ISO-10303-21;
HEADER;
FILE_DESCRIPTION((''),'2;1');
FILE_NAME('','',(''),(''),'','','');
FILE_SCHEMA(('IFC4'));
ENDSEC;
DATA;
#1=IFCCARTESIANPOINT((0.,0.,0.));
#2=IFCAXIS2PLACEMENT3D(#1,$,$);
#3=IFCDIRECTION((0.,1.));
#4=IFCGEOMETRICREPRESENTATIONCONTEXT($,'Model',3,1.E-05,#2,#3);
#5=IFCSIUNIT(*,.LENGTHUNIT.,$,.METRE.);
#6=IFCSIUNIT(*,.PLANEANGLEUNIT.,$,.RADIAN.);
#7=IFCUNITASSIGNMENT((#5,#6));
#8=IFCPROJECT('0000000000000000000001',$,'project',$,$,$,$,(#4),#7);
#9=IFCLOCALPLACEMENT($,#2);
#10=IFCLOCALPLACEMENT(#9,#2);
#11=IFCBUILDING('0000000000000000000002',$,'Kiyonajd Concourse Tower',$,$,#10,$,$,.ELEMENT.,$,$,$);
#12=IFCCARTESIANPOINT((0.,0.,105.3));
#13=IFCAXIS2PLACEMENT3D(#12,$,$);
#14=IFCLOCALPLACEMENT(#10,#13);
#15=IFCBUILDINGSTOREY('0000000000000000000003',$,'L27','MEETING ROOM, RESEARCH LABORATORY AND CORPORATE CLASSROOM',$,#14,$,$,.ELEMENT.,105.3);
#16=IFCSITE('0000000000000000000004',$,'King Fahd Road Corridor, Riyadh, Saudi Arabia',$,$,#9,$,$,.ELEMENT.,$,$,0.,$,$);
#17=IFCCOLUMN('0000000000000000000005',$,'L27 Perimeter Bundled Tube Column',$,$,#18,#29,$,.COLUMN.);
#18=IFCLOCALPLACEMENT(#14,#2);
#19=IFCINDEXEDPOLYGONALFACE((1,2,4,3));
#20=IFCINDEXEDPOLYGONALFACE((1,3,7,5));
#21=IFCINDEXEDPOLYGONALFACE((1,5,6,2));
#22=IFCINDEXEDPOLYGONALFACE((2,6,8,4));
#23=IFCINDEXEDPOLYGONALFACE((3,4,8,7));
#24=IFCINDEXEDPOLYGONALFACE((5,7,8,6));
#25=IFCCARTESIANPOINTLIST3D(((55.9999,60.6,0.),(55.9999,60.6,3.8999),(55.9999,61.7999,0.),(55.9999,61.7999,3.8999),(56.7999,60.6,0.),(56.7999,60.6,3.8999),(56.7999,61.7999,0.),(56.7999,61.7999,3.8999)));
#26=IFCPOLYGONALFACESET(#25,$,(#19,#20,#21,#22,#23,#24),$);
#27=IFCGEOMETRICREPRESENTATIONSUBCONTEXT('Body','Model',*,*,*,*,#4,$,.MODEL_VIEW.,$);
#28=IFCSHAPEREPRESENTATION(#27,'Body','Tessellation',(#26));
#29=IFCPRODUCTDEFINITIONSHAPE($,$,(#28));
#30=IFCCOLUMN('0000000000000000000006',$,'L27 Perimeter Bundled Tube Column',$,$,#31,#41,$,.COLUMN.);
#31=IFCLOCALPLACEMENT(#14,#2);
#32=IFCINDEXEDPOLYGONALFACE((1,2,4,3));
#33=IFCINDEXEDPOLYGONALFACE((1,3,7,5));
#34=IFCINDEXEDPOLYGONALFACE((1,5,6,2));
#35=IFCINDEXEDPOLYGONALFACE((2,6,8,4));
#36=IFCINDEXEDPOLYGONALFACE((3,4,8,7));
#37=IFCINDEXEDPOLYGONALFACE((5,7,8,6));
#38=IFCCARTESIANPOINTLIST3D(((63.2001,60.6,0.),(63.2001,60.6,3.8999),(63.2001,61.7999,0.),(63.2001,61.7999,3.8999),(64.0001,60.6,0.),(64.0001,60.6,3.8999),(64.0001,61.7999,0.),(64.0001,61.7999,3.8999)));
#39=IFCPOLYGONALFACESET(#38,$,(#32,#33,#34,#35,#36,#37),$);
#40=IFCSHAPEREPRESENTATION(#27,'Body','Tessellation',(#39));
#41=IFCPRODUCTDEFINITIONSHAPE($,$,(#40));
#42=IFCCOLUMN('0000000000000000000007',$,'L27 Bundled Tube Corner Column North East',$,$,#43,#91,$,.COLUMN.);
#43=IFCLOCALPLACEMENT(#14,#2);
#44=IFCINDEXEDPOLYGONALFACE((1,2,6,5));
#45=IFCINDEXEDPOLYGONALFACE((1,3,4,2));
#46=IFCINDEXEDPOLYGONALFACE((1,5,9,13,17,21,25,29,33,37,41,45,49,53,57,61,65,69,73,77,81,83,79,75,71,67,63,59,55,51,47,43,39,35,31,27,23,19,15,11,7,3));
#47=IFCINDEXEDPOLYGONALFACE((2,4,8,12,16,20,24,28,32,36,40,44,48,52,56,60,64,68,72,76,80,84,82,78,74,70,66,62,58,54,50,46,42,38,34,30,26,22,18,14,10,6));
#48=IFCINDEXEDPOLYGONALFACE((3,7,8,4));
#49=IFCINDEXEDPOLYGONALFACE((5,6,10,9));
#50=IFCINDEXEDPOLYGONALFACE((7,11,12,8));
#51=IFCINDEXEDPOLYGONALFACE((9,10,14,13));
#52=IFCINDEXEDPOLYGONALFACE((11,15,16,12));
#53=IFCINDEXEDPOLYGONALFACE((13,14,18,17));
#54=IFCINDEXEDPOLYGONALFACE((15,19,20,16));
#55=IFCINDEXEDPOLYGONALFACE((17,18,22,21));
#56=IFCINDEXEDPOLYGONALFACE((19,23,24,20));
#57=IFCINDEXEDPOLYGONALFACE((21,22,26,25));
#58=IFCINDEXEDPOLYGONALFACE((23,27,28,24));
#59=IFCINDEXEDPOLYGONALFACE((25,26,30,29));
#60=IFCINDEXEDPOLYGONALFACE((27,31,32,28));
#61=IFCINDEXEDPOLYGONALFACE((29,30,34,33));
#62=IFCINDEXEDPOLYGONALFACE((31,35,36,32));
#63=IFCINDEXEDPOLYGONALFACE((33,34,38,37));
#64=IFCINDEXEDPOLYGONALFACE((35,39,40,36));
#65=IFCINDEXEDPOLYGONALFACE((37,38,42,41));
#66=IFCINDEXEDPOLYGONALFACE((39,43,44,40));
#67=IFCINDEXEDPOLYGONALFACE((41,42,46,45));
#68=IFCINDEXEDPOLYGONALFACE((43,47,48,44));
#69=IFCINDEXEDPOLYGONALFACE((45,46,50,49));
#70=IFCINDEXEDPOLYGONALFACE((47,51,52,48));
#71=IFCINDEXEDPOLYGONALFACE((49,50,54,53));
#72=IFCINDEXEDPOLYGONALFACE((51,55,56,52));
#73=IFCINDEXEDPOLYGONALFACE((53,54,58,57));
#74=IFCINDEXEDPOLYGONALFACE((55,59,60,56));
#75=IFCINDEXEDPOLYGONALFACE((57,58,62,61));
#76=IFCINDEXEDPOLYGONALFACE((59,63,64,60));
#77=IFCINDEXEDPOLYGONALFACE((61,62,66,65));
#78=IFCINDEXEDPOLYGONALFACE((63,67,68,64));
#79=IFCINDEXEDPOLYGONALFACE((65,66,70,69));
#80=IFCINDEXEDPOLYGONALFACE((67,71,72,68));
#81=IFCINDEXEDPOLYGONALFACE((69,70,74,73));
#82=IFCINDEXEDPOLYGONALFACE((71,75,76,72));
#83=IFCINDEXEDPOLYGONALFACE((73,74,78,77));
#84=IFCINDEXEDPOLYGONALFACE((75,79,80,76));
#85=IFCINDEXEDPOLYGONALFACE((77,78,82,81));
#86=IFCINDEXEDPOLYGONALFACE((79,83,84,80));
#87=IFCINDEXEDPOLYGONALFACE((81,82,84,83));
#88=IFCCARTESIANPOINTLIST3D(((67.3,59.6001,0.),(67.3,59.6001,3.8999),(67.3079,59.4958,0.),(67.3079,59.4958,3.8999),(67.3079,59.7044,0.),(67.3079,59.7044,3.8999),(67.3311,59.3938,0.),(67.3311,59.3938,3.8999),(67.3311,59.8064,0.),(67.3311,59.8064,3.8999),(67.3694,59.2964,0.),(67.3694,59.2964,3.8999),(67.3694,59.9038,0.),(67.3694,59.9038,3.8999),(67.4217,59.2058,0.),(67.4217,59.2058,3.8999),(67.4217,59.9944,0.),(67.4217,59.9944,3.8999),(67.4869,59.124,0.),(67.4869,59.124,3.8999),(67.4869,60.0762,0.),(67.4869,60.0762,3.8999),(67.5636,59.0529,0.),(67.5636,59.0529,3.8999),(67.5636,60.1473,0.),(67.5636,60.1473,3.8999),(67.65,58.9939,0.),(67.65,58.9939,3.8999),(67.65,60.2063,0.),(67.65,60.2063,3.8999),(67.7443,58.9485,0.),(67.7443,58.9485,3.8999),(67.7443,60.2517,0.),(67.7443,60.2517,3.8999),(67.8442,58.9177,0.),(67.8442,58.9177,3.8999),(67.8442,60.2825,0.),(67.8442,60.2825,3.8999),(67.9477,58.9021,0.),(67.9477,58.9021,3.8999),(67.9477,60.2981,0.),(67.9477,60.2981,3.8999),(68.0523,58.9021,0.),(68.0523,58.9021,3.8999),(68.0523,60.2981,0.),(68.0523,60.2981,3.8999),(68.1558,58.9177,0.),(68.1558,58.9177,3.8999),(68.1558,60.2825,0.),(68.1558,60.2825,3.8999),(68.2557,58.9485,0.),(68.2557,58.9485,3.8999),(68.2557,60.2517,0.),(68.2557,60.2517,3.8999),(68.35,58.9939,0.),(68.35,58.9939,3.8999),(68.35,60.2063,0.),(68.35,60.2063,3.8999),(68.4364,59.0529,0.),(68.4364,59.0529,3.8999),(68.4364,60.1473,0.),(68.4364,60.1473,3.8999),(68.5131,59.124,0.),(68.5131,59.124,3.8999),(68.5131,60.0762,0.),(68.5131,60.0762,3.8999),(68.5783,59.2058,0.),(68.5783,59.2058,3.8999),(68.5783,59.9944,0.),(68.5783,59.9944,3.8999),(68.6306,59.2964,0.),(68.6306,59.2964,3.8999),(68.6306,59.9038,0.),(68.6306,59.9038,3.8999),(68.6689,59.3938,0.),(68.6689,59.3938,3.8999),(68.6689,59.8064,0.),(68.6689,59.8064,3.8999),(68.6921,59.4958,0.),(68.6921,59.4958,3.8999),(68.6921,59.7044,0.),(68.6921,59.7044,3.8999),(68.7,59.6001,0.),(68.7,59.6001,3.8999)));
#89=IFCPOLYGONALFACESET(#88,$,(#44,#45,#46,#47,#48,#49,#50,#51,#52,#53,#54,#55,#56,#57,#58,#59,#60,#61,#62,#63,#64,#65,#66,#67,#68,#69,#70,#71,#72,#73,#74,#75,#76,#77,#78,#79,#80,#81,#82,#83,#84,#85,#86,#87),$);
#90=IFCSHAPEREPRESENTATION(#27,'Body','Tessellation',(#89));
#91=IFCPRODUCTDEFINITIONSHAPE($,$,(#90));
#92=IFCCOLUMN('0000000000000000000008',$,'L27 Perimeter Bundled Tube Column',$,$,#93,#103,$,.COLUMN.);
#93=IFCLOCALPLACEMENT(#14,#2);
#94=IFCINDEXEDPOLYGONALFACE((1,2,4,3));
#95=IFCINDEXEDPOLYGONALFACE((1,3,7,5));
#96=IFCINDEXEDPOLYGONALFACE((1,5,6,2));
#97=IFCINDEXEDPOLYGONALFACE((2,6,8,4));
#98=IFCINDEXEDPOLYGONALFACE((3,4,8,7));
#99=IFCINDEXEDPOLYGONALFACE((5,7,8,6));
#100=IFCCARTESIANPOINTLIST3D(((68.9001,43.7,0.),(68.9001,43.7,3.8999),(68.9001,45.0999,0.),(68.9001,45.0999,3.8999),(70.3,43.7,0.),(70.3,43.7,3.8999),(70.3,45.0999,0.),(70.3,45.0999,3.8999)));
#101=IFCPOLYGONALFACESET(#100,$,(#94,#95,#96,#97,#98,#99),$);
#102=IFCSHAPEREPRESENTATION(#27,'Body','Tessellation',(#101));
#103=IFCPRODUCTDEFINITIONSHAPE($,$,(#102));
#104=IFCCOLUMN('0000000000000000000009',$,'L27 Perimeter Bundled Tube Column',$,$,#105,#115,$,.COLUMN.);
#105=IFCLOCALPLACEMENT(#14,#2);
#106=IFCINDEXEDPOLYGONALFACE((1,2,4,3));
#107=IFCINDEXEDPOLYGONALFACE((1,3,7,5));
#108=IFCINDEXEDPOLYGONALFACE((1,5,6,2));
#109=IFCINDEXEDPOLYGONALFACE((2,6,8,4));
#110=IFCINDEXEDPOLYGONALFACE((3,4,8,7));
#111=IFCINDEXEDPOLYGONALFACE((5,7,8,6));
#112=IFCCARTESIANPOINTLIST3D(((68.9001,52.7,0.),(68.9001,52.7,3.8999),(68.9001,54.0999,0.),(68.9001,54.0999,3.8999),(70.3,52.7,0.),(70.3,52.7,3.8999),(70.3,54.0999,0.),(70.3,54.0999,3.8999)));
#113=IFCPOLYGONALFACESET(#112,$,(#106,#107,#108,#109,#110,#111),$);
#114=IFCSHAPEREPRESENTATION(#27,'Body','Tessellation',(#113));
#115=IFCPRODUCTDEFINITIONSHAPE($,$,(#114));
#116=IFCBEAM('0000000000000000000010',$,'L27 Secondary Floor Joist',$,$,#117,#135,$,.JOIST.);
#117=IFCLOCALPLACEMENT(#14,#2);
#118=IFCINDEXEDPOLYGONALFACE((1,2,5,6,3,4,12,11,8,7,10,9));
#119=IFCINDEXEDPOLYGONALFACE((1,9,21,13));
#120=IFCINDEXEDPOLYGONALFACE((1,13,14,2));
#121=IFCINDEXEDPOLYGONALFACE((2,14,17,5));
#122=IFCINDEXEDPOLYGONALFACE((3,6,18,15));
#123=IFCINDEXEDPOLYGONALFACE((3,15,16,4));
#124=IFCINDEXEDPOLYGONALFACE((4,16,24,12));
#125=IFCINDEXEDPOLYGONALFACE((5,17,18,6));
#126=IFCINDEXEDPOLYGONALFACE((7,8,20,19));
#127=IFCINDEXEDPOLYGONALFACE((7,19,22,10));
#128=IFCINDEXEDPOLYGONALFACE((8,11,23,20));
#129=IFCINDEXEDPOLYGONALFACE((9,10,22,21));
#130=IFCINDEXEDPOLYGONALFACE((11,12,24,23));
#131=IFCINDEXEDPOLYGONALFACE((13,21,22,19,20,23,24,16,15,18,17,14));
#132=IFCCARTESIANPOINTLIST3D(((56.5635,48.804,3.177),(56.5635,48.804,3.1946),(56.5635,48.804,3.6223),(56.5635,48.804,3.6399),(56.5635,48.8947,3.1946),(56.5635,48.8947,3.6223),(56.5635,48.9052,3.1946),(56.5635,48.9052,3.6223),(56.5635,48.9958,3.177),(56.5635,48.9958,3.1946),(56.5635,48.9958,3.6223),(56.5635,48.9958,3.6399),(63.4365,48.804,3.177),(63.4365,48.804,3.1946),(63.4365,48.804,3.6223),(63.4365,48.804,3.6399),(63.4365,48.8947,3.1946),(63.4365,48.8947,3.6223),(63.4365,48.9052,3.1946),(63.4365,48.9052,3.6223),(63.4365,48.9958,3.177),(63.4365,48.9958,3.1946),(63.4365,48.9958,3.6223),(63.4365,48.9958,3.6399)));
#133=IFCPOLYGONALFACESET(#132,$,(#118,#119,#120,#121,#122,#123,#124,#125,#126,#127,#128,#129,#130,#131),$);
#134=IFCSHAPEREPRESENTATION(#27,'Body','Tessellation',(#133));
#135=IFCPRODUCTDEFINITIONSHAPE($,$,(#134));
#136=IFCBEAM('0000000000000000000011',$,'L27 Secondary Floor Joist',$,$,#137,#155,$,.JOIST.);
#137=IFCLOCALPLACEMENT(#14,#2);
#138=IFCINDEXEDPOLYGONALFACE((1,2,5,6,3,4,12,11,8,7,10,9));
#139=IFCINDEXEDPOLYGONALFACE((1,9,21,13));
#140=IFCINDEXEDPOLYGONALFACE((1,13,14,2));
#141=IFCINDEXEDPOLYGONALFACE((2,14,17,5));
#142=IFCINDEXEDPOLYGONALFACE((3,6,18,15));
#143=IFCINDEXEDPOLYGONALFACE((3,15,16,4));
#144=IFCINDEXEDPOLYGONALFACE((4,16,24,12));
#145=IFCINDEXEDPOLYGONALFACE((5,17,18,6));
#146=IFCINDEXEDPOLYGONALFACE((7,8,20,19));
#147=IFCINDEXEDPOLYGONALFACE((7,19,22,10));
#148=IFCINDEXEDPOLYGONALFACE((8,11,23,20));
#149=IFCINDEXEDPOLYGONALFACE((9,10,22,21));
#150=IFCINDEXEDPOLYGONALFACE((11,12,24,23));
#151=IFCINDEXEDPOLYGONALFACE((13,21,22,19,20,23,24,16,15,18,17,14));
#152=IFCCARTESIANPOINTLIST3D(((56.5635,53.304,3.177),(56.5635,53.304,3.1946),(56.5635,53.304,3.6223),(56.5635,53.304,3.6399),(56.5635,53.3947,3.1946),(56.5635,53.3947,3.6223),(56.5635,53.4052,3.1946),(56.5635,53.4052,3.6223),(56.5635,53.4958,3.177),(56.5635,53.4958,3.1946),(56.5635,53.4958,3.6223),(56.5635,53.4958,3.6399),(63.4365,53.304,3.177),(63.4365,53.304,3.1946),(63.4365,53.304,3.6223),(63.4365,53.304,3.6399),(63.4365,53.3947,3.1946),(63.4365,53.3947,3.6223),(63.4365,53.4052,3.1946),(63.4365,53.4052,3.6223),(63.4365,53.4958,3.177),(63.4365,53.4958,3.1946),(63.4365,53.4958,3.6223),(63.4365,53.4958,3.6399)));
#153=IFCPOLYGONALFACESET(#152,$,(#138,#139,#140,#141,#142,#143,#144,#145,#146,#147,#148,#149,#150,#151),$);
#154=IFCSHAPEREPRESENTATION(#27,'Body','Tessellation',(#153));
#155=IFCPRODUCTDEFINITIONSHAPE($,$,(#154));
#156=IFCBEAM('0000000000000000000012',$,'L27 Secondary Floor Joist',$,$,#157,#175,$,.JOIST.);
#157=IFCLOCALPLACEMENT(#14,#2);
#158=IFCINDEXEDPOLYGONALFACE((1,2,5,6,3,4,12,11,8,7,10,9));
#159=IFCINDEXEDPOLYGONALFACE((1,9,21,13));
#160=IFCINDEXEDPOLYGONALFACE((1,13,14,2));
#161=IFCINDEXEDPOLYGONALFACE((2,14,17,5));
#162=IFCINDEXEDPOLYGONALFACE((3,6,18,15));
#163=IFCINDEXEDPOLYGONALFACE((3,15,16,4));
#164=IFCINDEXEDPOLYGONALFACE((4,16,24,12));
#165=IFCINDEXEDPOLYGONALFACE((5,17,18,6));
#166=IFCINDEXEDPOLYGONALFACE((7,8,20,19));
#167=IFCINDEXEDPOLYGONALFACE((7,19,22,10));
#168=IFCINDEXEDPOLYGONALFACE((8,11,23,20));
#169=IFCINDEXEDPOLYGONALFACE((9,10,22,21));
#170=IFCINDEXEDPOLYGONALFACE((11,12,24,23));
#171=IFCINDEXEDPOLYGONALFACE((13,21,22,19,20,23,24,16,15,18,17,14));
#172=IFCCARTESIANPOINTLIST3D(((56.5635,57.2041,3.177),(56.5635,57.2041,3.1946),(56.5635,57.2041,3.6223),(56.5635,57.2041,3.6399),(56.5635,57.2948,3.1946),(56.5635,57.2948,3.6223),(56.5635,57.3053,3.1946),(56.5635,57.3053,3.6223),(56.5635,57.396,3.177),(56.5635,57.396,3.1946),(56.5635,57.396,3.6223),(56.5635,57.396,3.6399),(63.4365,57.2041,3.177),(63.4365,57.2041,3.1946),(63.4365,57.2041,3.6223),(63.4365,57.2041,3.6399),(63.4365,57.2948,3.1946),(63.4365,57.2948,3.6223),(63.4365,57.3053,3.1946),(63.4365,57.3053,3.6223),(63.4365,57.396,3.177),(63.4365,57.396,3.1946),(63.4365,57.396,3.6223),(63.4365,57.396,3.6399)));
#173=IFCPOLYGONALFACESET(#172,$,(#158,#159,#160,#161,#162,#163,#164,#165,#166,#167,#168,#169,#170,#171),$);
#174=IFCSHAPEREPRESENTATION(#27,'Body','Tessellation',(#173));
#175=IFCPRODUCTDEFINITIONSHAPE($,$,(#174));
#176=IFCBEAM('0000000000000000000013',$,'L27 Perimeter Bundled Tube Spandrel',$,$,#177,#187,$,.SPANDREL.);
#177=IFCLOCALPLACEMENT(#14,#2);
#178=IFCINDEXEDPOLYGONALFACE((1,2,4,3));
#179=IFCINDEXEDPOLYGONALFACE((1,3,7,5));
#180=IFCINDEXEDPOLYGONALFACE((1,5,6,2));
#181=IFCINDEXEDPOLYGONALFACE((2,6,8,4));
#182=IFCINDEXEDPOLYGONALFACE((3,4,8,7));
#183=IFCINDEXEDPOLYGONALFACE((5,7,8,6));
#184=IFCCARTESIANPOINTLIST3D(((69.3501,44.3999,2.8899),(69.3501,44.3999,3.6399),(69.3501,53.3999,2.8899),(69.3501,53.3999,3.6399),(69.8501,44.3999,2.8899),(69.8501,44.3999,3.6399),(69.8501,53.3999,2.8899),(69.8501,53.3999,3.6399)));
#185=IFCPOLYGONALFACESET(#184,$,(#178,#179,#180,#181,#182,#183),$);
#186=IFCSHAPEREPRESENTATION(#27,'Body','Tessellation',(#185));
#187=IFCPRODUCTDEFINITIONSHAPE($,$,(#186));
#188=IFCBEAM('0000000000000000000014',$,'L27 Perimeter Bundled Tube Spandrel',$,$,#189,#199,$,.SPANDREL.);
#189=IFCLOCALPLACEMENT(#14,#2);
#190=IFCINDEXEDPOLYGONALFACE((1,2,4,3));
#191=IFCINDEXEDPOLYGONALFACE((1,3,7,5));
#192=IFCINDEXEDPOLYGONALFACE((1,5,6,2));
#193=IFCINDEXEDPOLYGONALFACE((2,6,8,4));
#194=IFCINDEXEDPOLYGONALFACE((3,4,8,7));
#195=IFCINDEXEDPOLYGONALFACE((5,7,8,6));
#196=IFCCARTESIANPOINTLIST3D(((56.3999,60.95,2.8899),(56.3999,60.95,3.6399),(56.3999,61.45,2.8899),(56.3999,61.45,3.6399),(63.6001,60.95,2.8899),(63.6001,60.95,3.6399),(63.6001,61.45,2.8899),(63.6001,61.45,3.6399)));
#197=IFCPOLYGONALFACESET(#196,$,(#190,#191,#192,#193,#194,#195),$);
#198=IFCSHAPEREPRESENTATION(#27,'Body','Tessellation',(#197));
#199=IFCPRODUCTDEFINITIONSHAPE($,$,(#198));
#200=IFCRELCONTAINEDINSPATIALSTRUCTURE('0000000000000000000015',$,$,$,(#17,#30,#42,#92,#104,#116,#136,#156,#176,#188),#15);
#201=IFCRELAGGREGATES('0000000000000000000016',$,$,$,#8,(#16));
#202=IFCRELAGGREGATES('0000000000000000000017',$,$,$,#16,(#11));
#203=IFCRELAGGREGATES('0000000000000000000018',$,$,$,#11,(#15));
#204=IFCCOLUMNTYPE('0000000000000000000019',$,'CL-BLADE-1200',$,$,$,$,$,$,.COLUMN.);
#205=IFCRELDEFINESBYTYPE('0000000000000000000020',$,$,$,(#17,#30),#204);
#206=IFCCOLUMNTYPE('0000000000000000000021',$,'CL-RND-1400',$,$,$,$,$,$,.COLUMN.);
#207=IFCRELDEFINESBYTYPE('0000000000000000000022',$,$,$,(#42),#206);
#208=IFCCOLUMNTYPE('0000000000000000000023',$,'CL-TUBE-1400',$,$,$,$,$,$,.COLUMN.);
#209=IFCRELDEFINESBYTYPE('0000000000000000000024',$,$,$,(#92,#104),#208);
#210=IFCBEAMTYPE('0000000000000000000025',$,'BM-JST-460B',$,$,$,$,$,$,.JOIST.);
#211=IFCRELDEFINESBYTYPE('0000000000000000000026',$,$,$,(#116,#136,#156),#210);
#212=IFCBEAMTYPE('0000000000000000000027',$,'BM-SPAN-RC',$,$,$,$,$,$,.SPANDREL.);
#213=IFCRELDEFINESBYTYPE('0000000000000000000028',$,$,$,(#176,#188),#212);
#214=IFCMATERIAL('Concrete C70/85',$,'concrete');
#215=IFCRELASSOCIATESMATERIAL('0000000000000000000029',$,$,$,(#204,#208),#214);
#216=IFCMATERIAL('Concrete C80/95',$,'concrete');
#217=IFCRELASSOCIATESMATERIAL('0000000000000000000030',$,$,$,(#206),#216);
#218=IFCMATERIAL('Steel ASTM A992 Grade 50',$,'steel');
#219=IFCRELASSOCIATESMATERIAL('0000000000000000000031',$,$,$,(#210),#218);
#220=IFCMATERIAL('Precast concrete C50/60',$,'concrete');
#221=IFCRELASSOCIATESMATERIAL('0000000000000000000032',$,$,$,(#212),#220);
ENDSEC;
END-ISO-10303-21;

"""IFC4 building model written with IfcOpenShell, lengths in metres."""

from ifc_helpers import new_model, si_unit, direction, frame, origin, origin_2d, place, context, subcontext, project, spatial, rectangle, circle, i_section, extrude, material, material_profile, profile_set, type_object, element, save


model = new_model("IFC4")

# Units and contexts
model_context = context("Model", 3, precision=1e-05, world=origin(), true_north=direction((0.0, 1.0)))
body_context = subcontext(model_context, "Body", "Model", "MODEL_VIEW")
ifc_project = project(units=[si_unit("LENGTHUNIT", "METRE"), si_unit("PLANEANGLEUNIT", "RADIAN")], contexts=[model_context])

# Site, building, storey
site_placement = place(None, origin())
site = spatial("IfcSite", under=ifc_project, at=site_placement, Name="King Fahd Road Corridor, Riyadh, Saudi Arabia", CompositionType="ELEMENT", RefElevation=0.0)
building_placement = place(site_placement, origin())
building = spatial("IfcBuilding", under=site, at=building_placement, Name="Kiyonajd Concourse Tower", CompositionType="ELEMENT")
storey_placement = place(building_placement, frame((0.0, 0.0, 105.3)))
storey = spatial("IfcBuildingStorey", under=building, at=storey_placement, Name="L27", Description="MEETING ROOM, RESEARCH LABORATORY AND CORPORATE CLASSROOM", CompositionType="ELEMENT", Elevation=105.3)

# Columns
ifc_material_1 = material(Name="Concrete C70/85", Category="concrete")
ifc_material_profile_1 = material_profile(ifc_material_1, rectangle(XDim=0.8, YDim=1.2, at=origin_2d()), Name="RC-1200x800")
ifc_profile_set_1 = profile_set([ifc_material_profile_1], Name="Concrete C70/85")
column_type_1 = type_object("IfcColumnType", Name="CL-BLADE-1200", PredefinedType="COLUMN", material=ifc_profile_set_1)
for number, where, z_axis, x_axis, name in (
    (1, (56.3999, 61.2, 0.0), (0.0, 0.0, 1.0), (1.0, 0.0, 0.0), "L27 Perimeter Bundled Tube Column"),
    (2, (63.6001, 61.2, 0.0), (0.0, 0.0, 1.0), (1.0, 0.0, 0.0), "L27 Perimeter Bundled Tube Column"),
):
    element("IfcColumn", number, at=place(storey_placement, frame(where, z_axis=z_axis, x_axis=x_axis)), inside=storey, type_object=column_type_1, Name=name, PredefinedType="COLUMN", context=body_context, shape_type="SweptSolid", body=[
        extrude(rectangle(XDim=0.8, YDim=1.2, at=origin_2d()), origin(), (0.0, 0.0, 1.0), 3.8999),
    ])
ifc_material_2 = material(Name="Concrete C80/95", Category="concrete")
ifc_material_profile_2 = material_profile(ifc_material_2, circle(Radius=0.7, at=origin_2d()), Name="RCC-D1400")
ifc_profile_set_2 = profile_set([ifc_material_profile_2], Name="Concrete C80/95")
column_type_2 = type_object("IfcColumnType", Name="CL-RND-1400", PredefinedType="COLUMN", material=ifc_profile_set_2)
column_placement = place(storey_placement, frame((68.0, 59.6001, 0.0), z_axis=(0.0, 0.0, 1.0), x_axis=(1.0, 0.0, 0.0)))
element("IfcColumn", 3, at=column_placement, inside=storey, type_object=column_type_2, Name="L27 Bundled Tube Corner Column North East", PredefinedType="COLUMN", context=body_context, shape_type="SweptSolid", body=[
    extrude(circle(Radius=0.7, at=origin_2d()), origin(), (0.0, 0.0, 1.0), 3.8999),
])
ifc_material_profile_3 = material_profile(ifc_material_1, rectangle(XDim=1.3999, YDim=1.3999, at=origin_2d()), Name="RC-1400x1400")
ifc_profile_set_3 = profile_set([ifc_material_profile_3], Name="Concrete C70/85")
column_type_3 = type_object("IfcColumnType", Name="CL-TUBE-1400", PredefinedType="COLUMN", material=ifc_profile_set_3)
for number, where, z_axis, x_axis, name in (
    (4, (69.6001, 44.3999, 0.0), (0.0, 0.0, 1.0), (1.0, 0.0, 0.0), "L27 Perimeter Bundled Tube Column"),
    (5, (69.6001, 53.3999, 0.0), (0.0, 0.0, 1.0), (1.0, 0.0, 0.0), "L27 Perimeter Bundled Tube Column"),
):
    element("IfcColumn", number, at=place(storey_placement, frame(where, z_axis=z_axis, x_axis=x_axis)), inside=storey, type_object=column_type_3, Name=name, PredefinedType="COLUMN", context=body_context, shape_type="SweptSolid", body=[
        extrude(rectangle(XDim=1.3999, YDim=1.3999, at=origin_2d()), origin(), (0.0, 0.0, 1.0), 3.8999),
    ])

# Beams
ifc_material_3 = material(Name="Steel ASTM A992 Grade 50", Category="steel")
ifc_material_profile_4 = material_profile(ifc_material_3, i_section(OverallWidth=0.1919, OverallDepth=0.4629, WebThickness=0.0105, FlangeThickness=0.0176, at=origin_2d()), Name="W460X89")
ifc_profile_set_4 = profile_set([ifc_material_profile_4], Name="Steel ASTM A992 Grade 50")
beam_type_1 = type_object("IfcBeamType", Name="BM-JST-460B", PredefinedType="JOIST", material=ifc_profile_set_4)
for number, where, z_axis, x_axis, name in (
    (6, (56.5635, 48.8999, 3.4084), (1.0, 0.0, 0.0), (0.0, 1.0, 0.0), "L27 Secondary Floor Joist"),
    (7, (56.5635, 53.3999, 3.4084), (1.0, 0.0, 0.0), (0.0, 1.0, 0.0), "L27 Secondary Floor Joist"),
    (8, (56.5635, 57.3, 3.4084), (1.0, 0.0, 0.0), (0.0, 1.0, 0.0), "L27 Secondary Floor Joist"),
):
    element("IfcBeam", number, at=place(storey_placement, frame(where, z_axis=z_axis, x_axis=x_axis)), inside=storey, type_object=beam_type_1, Name=name, PredefinedType="JOIST", context=body_context, shape_type="SweptSolid", body=[
        extrude(i_section(OverallWidth=0.1919, OverallDepth=0.4629, WebThickness=0.0105, FlangeThickness=0.0176, at=origin_2d()), origin(), (0.0, 0.0, 1.0), 6.873),
    ])
ifc_material_4 = material(Name="Precast concrete C50/60", Category="concrete")
ifc_material_profile_5 = material_profile(ifc_material_4, rectangle(XDim=0.5, YDim=0.75, at=origin_2d()), Name="RCBM-500x750")
ifc_profile_set_5 = profile_set([ifc_material_profile_5], Name="Precast concrete C50/60")
beam_type_2 = type_object("IfcBeamType", Name="BM-SPAN-RC", PredefinedType="SPANDREL", material=ifc_profile_set_5)
beam_1_placement = place(storey_placement, frame((69.6001, 44.3999, 3.2649), z_axis=(0.0, 1.0, 0.0), x_axis=(-1.0, 0.0, 0.0)))
element("IfcBeam", 9, at=beam_1_placement, inside=storey, type_object=beam_type_2, Name="L27 Perimeter Bundled Tube Spandrel", PredefinedType="SPANDREL", context=body_context, shape_type="SweptSolid", body=[
    extrude(rectangle(XDim=0.5, YDim=0.75, at=origin_2d()), origin(), (0.0, 0.0, 1.0), 9.0),
])
beam_2_placement = place(storey_placement, frame((63.6001, 61.2, 3.2649), z_axis=(-1.0, 0.0, 0.0), x_axis=(0.0, -1.0, 0.0)))
element("IfcBeam", 10, at=beam_2_placement, inside=storey, type_object=beam_type_2, Name="L27 Perimeter Bundled Tube Spandrel", PredefinedType="SPANDREL", context=body_context, shape_type="SweptSolid", body=[
    extrude(rectangle(XDim=0.5, YDim=0.75, at=origin_2d()), origin(), (0.0, 0.0, 1.0), 7.2002),
])

save(model, "model.ifc")
